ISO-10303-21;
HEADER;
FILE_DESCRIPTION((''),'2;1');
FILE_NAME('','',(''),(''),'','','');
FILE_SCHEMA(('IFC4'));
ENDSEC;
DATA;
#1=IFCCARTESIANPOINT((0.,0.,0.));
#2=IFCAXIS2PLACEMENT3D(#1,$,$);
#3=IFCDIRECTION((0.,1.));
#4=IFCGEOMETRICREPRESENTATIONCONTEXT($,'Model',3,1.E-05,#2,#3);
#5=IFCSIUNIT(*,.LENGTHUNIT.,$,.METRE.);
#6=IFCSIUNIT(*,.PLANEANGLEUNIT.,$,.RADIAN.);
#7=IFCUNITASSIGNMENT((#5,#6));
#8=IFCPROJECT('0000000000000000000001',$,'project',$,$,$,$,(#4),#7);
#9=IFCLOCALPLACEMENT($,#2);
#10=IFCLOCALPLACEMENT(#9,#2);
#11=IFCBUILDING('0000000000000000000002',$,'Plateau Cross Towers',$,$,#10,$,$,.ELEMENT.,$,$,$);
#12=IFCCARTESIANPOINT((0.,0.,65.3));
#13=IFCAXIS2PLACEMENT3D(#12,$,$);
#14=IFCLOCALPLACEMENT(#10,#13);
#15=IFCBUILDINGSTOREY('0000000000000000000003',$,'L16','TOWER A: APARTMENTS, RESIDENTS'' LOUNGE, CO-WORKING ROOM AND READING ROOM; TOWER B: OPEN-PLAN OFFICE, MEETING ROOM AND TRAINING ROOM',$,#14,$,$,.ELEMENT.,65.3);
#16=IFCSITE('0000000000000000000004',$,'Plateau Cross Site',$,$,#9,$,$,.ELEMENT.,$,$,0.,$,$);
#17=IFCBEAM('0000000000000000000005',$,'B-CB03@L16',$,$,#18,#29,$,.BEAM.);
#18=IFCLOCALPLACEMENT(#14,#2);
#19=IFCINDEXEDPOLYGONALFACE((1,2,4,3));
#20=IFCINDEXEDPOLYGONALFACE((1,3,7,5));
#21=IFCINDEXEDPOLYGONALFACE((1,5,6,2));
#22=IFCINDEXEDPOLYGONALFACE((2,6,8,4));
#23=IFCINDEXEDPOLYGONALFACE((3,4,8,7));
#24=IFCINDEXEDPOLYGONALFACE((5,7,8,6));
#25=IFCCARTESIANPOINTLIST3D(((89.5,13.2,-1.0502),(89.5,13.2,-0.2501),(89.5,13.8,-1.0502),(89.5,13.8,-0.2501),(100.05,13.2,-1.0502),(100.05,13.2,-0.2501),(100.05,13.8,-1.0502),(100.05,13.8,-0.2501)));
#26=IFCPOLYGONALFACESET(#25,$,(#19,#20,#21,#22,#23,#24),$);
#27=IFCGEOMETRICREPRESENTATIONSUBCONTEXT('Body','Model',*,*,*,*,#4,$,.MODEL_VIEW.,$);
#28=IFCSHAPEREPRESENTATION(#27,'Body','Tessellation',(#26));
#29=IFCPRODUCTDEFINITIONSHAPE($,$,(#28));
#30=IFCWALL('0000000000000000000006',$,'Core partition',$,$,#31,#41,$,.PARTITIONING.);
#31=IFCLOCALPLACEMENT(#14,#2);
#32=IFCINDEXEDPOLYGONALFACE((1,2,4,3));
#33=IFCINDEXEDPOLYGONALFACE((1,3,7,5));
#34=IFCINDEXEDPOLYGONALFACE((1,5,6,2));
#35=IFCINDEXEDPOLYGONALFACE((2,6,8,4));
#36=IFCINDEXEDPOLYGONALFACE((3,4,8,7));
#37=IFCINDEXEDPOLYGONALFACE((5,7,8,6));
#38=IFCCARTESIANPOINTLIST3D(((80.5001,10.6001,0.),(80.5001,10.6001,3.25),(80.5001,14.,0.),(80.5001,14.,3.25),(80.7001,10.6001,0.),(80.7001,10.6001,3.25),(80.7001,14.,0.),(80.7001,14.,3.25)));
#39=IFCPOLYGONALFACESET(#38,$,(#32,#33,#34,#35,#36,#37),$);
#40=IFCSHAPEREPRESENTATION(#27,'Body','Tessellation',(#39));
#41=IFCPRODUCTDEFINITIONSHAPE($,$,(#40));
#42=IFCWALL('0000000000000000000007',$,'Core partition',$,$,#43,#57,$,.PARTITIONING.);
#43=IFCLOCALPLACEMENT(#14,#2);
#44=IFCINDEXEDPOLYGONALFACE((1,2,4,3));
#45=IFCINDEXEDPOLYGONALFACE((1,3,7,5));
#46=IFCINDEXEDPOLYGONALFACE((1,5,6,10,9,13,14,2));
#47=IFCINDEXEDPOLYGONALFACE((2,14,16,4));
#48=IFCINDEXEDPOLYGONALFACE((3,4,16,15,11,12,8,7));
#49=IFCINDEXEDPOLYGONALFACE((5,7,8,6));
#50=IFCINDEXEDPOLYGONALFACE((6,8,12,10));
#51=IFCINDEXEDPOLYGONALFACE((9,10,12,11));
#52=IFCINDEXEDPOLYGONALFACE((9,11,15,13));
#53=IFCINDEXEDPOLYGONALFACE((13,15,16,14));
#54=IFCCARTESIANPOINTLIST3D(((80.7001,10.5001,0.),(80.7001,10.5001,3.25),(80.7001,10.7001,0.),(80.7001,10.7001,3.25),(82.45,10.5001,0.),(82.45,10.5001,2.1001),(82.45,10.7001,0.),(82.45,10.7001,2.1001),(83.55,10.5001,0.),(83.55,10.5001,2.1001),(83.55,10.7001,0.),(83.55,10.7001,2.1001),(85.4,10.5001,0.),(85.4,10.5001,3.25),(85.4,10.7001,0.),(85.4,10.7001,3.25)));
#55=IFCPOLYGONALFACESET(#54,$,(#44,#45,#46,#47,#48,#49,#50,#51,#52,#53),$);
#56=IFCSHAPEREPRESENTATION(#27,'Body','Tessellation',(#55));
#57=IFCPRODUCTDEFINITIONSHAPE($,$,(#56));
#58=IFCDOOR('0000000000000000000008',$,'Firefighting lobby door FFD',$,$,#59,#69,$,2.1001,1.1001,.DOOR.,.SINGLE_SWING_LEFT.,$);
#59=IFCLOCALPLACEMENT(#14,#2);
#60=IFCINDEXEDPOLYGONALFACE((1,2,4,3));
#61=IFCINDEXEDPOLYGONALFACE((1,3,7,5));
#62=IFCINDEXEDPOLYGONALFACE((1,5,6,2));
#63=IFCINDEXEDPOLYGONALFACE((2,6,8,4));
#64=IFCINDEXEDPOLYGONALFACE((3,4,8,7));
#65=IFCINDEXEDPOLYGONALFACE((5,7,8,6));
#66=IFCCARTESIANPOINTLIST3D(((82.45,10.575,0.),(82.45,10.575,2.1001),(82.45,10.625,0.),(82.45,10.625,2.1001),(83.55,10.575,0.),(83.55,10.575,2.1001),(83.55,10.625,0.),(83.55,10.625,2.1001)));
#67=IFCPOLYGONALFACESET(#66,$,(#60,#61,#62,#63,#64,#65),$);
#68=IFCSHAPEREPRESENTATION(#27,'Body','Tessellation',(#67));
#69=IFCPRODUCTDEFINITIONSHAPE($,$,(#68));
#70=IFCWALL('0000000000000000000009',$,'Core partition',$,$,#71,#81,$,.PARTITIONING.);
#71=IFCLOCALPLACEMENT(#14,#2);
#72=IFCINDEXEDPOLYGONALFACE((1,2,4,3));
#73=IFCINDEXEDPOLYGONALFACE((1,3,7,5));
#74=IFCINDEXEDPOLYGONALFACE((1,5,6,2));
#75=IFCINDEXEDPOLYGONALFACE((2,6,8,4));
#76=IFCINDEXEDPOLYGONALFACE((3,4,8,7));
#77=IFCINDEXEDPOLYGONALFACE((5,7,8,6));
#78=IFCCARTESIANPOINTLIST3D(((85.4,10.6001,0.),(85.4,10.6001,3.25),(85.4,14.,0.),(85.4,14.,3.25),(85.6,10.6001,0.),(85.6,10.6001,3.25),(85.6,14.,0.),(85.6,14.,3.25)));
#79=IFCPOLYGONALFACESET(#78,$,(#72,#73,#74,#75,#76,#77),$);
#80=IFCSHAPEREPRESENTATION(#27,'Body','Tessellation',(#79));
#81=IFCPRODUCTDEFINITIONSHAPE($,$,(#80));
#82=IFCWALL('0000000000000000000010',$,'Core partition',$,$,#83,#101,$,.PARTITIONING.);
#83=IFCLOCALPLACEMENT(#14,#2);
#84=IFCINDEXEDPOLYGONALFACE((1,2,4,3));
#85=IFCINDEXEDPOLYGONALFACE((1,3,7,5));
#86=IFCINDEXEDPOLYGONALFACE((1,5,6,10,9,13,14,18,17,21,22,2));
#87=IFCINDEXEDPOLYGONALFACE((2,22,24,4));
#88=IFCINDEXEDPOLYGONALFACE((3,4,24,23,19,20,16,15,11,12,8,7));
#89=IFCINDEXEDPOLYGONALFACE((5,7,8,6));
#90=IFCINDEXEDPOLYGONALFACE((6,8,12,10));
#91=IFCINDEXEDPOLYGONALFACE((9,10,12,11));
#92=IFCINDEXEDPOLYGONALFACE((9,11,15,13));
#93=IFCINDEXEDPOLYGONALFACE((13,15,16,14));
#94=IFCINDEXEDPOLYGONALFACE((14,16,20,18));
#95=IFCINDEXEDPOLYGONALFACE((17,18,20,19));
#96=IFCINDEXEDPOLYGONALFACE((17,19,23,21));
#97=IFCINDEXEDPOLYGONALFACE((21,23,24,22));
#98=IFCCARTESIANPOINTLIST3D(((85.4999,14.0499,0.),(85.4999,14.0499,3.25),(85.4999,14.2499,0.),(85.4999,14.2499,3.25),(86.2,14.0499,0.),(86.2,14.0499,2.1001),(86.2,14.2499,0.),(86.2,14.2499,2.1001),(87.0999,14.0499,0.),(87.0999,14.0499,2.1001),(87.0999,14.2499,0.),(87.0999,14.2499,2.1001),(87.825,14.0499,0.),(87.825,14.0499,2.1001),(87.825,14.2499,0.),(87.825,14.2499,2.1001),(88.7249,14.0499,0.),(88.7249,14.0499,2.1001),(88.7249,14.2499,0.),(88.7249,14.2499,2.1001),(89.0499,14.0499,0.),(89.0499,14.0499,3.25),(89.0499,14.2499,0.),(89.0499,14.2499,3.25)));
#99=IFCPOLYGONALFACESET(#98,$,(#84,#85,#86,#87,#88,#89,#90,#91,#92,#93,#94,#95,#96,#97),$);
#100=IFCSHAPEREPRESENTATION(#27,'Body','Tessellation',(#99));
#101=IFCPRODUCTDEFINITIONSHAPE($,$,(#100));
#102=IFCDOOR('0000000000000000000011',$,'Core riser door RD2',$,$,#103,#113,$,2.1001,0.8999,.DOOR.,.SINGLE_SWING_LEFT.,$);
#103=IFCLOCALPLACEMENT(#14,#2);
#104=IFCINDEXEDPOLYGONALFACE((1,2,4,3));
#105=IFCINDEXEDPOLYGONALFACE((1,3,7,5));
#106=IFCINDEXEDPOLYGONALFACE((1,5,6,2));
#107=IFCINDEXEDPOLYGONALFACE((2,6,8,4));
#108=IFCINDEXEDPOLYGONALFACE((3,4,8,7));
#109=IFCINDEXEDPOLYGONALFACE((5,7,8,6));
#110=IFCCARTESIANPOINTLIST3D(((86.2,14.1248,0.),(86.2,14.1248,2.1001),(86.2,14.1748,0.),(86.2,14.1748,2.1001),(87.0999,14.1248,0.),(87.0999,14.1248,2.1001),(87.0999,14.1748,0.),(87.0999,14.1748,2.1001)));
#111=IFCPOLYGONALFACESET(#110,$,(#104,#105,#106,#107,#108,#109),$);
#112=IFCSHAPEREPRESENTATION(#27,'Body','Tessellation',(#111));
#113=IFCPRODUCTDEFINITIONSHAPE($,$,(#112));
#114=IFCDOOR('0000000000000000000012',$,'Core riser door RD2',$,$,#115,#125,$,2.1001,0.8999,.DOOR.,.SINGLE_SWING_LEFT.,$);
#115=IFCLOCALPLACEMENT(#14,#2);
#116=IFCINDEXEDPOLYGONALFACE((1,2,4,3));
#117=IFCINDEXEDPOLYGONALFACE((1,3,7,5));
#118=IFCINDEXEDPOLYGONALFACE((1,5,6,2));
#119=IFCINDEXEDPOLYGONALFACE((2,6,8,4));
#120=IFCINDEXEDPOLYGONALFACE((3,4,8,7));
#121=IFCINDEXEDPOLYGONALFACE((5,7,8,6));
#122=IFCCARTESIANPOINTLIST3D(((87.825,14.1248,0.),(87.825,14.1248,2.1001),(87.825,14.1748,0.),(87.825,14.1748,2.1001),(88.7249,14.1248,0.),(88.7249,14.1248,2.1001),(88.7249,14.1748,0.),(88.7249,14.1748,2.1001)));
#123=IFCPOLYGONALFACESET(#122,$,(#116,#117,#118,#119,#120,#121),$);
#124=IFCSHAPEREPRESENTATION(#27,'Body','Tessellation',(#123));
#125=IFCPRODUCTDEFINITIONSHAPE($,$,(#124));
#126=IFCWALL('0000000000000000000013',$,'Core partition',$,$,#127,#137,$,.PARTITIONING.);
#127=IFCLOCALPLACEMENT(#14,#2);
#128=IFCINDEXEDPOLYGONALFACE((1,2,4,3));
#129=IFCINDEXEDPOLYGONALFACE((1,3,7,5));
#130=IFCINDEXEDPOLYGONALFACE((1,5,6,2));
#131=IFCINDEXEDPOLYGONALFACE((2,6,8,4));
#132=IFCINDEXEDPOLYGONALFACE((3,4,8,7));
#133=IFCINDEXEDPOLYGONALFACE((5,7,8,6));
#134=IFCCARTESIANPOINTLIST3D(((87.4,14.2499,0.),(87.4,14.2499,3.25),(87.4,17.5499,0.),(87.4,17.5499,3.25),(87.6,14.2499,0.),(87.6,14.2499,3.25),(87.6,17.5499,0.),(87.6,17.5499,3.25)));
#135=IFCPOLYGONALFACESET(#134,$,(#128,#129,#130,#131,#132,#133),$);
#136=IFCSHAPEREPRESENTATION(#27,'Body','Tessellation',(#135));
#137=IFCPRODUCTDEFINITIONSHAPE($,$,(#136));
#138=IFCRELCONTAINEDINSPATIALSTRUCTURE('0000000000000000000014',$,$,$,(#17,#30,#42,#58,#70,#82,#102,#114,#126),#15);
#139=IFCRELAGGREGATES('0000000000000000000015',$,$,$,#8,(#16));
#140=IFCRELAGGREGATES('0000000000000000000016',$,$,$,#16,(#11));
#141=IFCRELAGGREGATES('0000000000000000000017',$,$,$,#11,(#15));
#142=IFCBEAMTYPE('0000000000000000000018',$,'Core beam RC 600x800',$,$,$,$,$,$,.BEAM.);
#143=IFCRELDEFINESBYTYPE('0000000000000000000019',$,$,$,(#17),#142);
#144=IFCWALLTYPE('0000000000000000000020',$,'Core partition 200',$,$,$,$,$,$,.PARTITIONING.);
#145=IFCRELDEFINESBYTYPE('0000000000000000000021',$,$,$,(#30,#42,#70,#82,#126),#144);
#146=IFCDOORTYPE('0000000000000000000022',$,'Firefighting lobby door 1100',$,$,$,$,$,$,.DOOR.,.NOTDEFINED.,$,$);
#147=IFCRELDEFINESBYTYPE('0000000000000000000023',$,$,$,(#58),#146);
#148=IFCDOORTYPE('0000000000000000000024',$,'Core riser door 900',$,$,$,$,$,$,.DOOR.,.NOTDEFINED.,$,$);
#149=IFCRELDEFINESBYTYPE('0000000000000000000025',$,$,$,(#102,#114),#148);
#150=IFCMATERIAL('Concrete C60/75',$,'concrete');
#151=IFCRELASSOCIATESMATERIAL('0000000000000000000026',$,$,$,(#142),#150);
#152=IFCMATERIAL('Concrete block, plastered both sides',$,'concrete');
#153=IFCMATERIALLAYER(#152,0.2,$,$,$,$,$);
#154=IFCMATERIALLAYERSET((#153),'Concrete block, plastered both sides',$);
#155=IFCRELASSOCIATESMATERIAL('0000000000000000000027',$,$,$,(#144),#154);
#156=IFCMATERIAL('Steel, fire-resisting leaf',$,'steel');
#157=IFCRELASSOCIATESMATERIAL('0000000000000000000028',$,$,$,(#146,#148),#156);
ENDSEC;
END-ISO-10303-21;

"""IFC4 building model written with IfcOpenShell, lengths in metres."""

from ifc_helpers import new_model, si_unit, direction, frame, frame_2d, origin, origin_2d, place, context, subcontext, project, spatial, rectangle, extrude, material, layer, layer_set, material_profile, profile_set, type_object, element, fill, save


model = new_model("IFC4")

# Units and contexts
model_context = context("Model", 3, precision=1e-05, world=origin(), true_north=direction((0.0, 1.0)))
body_context = subcontext(model_context, "Body", "Model", "MODEL_VIEW")
ifc_project = project(units=[si_unit("LENGTHUNIT", "METRE"), si_unit("PLANEANGLEUNIT", "RADIAN")], contexts=[model_context])

# Site, building, storey
site_placement = place(None, origin())
site = spatial("IfcSite", under=ifc_project, at=site_placement, Name="Plateau Cross Site", CompositionType="ELEMENT", RefElevation=0.0)
building_placement = place(site_placement, origin())
building = spatial("IfcBuilding", under=site, at=building_placement, Name="Plateau Cross Towers", CompositionType="ELEMENT")
storey_placement = place(building_placement, frame((0.0, 0.0, 65.3)))
storey = spatial("IfcBuildingStorey", under=building, at=storey_placement, Name="L16", Description="TOWER A: APARTMENTS, RESIDENTS' LOUNGE, CO-WORKING ROOM AND READING ROOM; TOWER B: OPEN-PLAN OFFICE, MEETING ROOM AND TRAINING ROOM", CompositionType="ELEMENT", Elevation=65.3)

# Beam
ifc_material_1 = material(Name="Concrete C60/75", Category="concrete")
ifc_material_profile = material_profile(ifc_material_1, rectangle(XDim=0.6001, YDim=0.8, at=origin_2d()), Name="RC 600x800")
ifc_profile_set = profile_set([ifc_material_profile], Name="Concrete C60/75")
beam_type = type_object("IfcBeamType", Name="Core beam RC 600x800", PredefinedType="BEAM", material=ifc_profile_set)
beam_placement = place(storey_placement, frame((89.5, 13.5, -0.6501), z_axis=(1.0, 0.0, 0.0), x_axis=(0.0, 1.0, 0.0)))
element("IfcBeam", 1, at=beam_placement, inside=storey, type_object=beam_type, Name="B-CB03@L16", PredefinedType="BEAM", context=body_context, shape_type="SweptSolid", body=[
    extrude(rectangle(XDim=0.6001, YDim=0.8, at=origin_2d()), origin(), (0.0, 0.0, 1.0), 10.55),
])

# Wall
ifc_material_2 = material(Name="Concrete block, plastered both sides", Category="concrete")
ifc_layer_1 = layer(ifc_material_2, 0.2)
ifc_layer_set_1 = layer_set([ifc_layer_1], Name="Concrete block, plastered both sides")
wall_type_1 = type_object("IfcWallType", Name="Core partition 200", PredefinedType="PARTITIONING", material=ifc_layer_set_1)
wall_1_placement = place(storey_placement, frame((80.6001, 10.6001, 0.0), z_axis=(0.0, 0.0, 1.0), x_axis=(0.0, 1.0, 0.0)))
element("IfcWall", 2, at=wall_1_placement, inside=storey, type_object=wall_type_1, Name="Core partition", PredefinedType="PARTITIONING", context=body_context, shape_type="SweptSolid", body=[
    extrude(rectangle(XDim=3.3999, YDim=0.2, at=frame_2d((1.7, 0.0))), origin(), (0.0, 0.0, 1.0), 3.25),
])

# Wall, opening, door
wall_2_placement = place(storey_placement, frame((80.7, 10.6001, 0.0), z_axis=(0.0, 0.0, 1.0), x_axis=(1.0, 0.0, 0.0)))
wall_2 = element("IfcWall", 3, at=wall_2_placement, inside=storey, type_object=wall_type_1, Name="Core partition", PredefinedType="PARTITIONING", context=body_context, shape_type="SweptSolid", body=[
    extrude(rectangle(XDim=4.7, YDim=0.2, at=frame_2d((2.3501, 0.0))), origin(), (0.0, 0.0, 1.0), 3.25),
])
opening_1_placement = place(wall_2_placement, frame((1.75, 0.0, 0.0)))
opening_1 = element("IfcOpeningElement", 4, at=opening_1_placement, cuts=wall_2, PredefinedType="OPENING", context=body_context, shape_type="SweptSolid", body=[
    extrude(rectangle(XDim=1.1001, YDim=2.1001, at=frame_2d((0.55, 1.05))), frame((0.0, 0.1099, 0.0), z_axis=(0.0, -1.0, 0.0), x_axis=(1.0, 0.0, 0.0)), (0.0, 0.0, 1.0), 0.22),
])
ifc_material_3 = material(Name="Steel, fire-resisting leaf", Category="steel")
door_type_1 = type_object("IfcDoorType", Name="Firefighting lobby door 1100", OperationType="NOTDEFINED", PredefinedType="DOOR", material=ifc_material_3)
door_1_placement = place(opening_1_placement, origin())
door_1 = element("IfcDoor", 5, at=door_1_placement, inside=storey, type_object=door_type_1, Name="Firefighting lobby door FFD", OperationType="SINGLE_SWING_LEFT", OverallHeight=2.1001, OverallWidth=1.1001, PredefinedType="DOOR", context=body_context, shape_type="SweptSolid", body=[
    extrude(rectangle(XDim=1.1001, YDim=2.1001, at=frame_2d((0.55, 1.05))), frame((0.0, 0.0249, 0.0), z_axis=(0.0, -1.0, 0.0), x_axis=(1.0, 0.0, 0.0)), (0.0, 0.0, 1.0), 0.05),
])
fill(opening_1, door_1)

# Wall
wall_3_placement = place(storey_placement, frame((85.5, 10.6001, 0.0), z_axis=(0.0, 0.0, 1.0), x_axis=(0.0, 1.0, 0.0)))
element("IfcWall", 6, at=wall_3_placement, inside=storey, type_object=wall_type_1, Name="Core partition", PredefinedType="PARTITIONING", context=body_context, shape_type="SweptSolid", body=[
    extrude(rectangle(XDim=3.3999, YDim=0.2, at=frame_2d((1.7, 0.0))), origin(), (0.0, 0.0, 1.0), 3.25),
])

# Wall, openings, doors
wall_4_placement = place(storey_placement, frame((85.5, 14.1499, 0.0), z_axis=(0.0, 0.0, 1.0), x_axis=(1.0, 0.0, 0.0)))
wall_4 = element("IfcWall", 7, at=wall_4_placement, inside=storey, type_object=wall_type_1, Name="Core partition", PredefinedType="PARTITIONING", context=body_context, shape_type="SweptSolid", body=[
    extrude(rectangle(XDim=3.55, YDim=0.2, at=frame_2d((1.7749, 0.0))), origin(), (0.0, 0.0, 1.0), 3.25),
])
opening_2_placement = place(wall_4_placement, frame((0.7, 0.0, 0.0)))
opening_2 = element("IfcOpeningElement", 8, at=opening_2_placement, cuts=wall_4, PredefinedType="OPENING", context=body_context, shape_type="SweptSolid", body=[
    extrude(rectangle(XDim=0.8999, YDim=2.1001, at=frame_2d((0.45, 1.05))), frame((0.0, 0.1099, 0.0), z_axis=(0.0, -1.0, 0.0), x_axis=(1.0, 0.0, 0.0)), (0.0, 0.0, 1.0), 0.22),
])
opening_3_placement = place(wall_4_placement, frame((2.325, 0.0, 0.0)))
opening_3 = element("IfcOpeningElement", 9, at=opening_3_placement, cuts=wall_4, PredefinedType="OPENING", context=body_context, shape_type="SweptSolid", body=[
    extrude(rectangle(XDim=0.8999, YDim=2.1001, at=frame_2d((0.45, 1.05))), frame((0.0, 0.1099, 0.0), z_axis=(0.0, -1.0, 0.0), x_axis=(1.0, 0.0, 0.0)), (0.0, 0.0, 1.0), 0.22),
])
door_type_2 = type_object("IfcDoorType", Name="Core riser door 900", OperationType="NOTDEFINED", PredefinedType="DOOR", material=ifc_material_3)
door_2_placement = place(opening_2_placement, origin())
door_2 = element("IfcDoor", 10, at=door_2_placement, inside=storey, type_object=door_type_2, Name="Core riser door RD2", OperationType="SINGLE_SWING_LEFT", OverallHeight=2.1001, OverallWidth=0.8999, PredefinedType="DOOR", context=body_context, shape_type="SweptSolid", body=[
    extrude(rectangle(XDim=0.8999, YDim=2.1001, at=frame_2d((0.45, 1.05))), frame((0.0, 0.0249, 0.0), z_axis=(0.0, -1.0, 0.0), x_axis=(1.0, 0.0, 0.0)), (0.0, 0.0, 1.0), 0.05),
])
fill(opening_2, door_2)
door_3_placement = place(opening_3_placement, origin())
door_3 = element("IfcDoor", 11, at=door_3_placement, inside=storey, type_object=door_type_2, Name="Core riser door RD2", OperationType="SINGLE_SWING_LEFT", OverallHeight=2.1001, OverallWidth=0.8999, PredefinedType="DOOR", context=body_context, shape_type="SweptSolid", body=[
    extrude(rectangle(XDim=0.8999, YDim=2.1001, at=frame_2d((0.45, 1.05))), frame((0.0, 0.0249, 0.0), z_axis=(0.0, -1.0, 0.0), x_axis=(1.0, 0.0, 0.0)), (0.0, 0.0, 1.0), 0.05),
])
fill(opening_3, door_3)

# Wall
wall_5_placement = place(storey_placement, frame((87.5, 14.25, 0.0), z_axis=(0.0, 0.0, 1.0), x_axis=(0.0, 1.0, 0.0)))
element("IfcWall", 12, at=wall_5_placement, inside=storey, type_object=wall_type_1, Name="Core partition", PredefinedType="PARTITIONING", context=body_context, shape_type="SweptSolid", body=[
    extrude(rectangle(XDim=3.3, YDim=0.2, at=frame_2d((1.6499, 0.0))), origin(), (0.0, 0.0, 1.0), 3.25),
])

save(model, "model.ifc")
